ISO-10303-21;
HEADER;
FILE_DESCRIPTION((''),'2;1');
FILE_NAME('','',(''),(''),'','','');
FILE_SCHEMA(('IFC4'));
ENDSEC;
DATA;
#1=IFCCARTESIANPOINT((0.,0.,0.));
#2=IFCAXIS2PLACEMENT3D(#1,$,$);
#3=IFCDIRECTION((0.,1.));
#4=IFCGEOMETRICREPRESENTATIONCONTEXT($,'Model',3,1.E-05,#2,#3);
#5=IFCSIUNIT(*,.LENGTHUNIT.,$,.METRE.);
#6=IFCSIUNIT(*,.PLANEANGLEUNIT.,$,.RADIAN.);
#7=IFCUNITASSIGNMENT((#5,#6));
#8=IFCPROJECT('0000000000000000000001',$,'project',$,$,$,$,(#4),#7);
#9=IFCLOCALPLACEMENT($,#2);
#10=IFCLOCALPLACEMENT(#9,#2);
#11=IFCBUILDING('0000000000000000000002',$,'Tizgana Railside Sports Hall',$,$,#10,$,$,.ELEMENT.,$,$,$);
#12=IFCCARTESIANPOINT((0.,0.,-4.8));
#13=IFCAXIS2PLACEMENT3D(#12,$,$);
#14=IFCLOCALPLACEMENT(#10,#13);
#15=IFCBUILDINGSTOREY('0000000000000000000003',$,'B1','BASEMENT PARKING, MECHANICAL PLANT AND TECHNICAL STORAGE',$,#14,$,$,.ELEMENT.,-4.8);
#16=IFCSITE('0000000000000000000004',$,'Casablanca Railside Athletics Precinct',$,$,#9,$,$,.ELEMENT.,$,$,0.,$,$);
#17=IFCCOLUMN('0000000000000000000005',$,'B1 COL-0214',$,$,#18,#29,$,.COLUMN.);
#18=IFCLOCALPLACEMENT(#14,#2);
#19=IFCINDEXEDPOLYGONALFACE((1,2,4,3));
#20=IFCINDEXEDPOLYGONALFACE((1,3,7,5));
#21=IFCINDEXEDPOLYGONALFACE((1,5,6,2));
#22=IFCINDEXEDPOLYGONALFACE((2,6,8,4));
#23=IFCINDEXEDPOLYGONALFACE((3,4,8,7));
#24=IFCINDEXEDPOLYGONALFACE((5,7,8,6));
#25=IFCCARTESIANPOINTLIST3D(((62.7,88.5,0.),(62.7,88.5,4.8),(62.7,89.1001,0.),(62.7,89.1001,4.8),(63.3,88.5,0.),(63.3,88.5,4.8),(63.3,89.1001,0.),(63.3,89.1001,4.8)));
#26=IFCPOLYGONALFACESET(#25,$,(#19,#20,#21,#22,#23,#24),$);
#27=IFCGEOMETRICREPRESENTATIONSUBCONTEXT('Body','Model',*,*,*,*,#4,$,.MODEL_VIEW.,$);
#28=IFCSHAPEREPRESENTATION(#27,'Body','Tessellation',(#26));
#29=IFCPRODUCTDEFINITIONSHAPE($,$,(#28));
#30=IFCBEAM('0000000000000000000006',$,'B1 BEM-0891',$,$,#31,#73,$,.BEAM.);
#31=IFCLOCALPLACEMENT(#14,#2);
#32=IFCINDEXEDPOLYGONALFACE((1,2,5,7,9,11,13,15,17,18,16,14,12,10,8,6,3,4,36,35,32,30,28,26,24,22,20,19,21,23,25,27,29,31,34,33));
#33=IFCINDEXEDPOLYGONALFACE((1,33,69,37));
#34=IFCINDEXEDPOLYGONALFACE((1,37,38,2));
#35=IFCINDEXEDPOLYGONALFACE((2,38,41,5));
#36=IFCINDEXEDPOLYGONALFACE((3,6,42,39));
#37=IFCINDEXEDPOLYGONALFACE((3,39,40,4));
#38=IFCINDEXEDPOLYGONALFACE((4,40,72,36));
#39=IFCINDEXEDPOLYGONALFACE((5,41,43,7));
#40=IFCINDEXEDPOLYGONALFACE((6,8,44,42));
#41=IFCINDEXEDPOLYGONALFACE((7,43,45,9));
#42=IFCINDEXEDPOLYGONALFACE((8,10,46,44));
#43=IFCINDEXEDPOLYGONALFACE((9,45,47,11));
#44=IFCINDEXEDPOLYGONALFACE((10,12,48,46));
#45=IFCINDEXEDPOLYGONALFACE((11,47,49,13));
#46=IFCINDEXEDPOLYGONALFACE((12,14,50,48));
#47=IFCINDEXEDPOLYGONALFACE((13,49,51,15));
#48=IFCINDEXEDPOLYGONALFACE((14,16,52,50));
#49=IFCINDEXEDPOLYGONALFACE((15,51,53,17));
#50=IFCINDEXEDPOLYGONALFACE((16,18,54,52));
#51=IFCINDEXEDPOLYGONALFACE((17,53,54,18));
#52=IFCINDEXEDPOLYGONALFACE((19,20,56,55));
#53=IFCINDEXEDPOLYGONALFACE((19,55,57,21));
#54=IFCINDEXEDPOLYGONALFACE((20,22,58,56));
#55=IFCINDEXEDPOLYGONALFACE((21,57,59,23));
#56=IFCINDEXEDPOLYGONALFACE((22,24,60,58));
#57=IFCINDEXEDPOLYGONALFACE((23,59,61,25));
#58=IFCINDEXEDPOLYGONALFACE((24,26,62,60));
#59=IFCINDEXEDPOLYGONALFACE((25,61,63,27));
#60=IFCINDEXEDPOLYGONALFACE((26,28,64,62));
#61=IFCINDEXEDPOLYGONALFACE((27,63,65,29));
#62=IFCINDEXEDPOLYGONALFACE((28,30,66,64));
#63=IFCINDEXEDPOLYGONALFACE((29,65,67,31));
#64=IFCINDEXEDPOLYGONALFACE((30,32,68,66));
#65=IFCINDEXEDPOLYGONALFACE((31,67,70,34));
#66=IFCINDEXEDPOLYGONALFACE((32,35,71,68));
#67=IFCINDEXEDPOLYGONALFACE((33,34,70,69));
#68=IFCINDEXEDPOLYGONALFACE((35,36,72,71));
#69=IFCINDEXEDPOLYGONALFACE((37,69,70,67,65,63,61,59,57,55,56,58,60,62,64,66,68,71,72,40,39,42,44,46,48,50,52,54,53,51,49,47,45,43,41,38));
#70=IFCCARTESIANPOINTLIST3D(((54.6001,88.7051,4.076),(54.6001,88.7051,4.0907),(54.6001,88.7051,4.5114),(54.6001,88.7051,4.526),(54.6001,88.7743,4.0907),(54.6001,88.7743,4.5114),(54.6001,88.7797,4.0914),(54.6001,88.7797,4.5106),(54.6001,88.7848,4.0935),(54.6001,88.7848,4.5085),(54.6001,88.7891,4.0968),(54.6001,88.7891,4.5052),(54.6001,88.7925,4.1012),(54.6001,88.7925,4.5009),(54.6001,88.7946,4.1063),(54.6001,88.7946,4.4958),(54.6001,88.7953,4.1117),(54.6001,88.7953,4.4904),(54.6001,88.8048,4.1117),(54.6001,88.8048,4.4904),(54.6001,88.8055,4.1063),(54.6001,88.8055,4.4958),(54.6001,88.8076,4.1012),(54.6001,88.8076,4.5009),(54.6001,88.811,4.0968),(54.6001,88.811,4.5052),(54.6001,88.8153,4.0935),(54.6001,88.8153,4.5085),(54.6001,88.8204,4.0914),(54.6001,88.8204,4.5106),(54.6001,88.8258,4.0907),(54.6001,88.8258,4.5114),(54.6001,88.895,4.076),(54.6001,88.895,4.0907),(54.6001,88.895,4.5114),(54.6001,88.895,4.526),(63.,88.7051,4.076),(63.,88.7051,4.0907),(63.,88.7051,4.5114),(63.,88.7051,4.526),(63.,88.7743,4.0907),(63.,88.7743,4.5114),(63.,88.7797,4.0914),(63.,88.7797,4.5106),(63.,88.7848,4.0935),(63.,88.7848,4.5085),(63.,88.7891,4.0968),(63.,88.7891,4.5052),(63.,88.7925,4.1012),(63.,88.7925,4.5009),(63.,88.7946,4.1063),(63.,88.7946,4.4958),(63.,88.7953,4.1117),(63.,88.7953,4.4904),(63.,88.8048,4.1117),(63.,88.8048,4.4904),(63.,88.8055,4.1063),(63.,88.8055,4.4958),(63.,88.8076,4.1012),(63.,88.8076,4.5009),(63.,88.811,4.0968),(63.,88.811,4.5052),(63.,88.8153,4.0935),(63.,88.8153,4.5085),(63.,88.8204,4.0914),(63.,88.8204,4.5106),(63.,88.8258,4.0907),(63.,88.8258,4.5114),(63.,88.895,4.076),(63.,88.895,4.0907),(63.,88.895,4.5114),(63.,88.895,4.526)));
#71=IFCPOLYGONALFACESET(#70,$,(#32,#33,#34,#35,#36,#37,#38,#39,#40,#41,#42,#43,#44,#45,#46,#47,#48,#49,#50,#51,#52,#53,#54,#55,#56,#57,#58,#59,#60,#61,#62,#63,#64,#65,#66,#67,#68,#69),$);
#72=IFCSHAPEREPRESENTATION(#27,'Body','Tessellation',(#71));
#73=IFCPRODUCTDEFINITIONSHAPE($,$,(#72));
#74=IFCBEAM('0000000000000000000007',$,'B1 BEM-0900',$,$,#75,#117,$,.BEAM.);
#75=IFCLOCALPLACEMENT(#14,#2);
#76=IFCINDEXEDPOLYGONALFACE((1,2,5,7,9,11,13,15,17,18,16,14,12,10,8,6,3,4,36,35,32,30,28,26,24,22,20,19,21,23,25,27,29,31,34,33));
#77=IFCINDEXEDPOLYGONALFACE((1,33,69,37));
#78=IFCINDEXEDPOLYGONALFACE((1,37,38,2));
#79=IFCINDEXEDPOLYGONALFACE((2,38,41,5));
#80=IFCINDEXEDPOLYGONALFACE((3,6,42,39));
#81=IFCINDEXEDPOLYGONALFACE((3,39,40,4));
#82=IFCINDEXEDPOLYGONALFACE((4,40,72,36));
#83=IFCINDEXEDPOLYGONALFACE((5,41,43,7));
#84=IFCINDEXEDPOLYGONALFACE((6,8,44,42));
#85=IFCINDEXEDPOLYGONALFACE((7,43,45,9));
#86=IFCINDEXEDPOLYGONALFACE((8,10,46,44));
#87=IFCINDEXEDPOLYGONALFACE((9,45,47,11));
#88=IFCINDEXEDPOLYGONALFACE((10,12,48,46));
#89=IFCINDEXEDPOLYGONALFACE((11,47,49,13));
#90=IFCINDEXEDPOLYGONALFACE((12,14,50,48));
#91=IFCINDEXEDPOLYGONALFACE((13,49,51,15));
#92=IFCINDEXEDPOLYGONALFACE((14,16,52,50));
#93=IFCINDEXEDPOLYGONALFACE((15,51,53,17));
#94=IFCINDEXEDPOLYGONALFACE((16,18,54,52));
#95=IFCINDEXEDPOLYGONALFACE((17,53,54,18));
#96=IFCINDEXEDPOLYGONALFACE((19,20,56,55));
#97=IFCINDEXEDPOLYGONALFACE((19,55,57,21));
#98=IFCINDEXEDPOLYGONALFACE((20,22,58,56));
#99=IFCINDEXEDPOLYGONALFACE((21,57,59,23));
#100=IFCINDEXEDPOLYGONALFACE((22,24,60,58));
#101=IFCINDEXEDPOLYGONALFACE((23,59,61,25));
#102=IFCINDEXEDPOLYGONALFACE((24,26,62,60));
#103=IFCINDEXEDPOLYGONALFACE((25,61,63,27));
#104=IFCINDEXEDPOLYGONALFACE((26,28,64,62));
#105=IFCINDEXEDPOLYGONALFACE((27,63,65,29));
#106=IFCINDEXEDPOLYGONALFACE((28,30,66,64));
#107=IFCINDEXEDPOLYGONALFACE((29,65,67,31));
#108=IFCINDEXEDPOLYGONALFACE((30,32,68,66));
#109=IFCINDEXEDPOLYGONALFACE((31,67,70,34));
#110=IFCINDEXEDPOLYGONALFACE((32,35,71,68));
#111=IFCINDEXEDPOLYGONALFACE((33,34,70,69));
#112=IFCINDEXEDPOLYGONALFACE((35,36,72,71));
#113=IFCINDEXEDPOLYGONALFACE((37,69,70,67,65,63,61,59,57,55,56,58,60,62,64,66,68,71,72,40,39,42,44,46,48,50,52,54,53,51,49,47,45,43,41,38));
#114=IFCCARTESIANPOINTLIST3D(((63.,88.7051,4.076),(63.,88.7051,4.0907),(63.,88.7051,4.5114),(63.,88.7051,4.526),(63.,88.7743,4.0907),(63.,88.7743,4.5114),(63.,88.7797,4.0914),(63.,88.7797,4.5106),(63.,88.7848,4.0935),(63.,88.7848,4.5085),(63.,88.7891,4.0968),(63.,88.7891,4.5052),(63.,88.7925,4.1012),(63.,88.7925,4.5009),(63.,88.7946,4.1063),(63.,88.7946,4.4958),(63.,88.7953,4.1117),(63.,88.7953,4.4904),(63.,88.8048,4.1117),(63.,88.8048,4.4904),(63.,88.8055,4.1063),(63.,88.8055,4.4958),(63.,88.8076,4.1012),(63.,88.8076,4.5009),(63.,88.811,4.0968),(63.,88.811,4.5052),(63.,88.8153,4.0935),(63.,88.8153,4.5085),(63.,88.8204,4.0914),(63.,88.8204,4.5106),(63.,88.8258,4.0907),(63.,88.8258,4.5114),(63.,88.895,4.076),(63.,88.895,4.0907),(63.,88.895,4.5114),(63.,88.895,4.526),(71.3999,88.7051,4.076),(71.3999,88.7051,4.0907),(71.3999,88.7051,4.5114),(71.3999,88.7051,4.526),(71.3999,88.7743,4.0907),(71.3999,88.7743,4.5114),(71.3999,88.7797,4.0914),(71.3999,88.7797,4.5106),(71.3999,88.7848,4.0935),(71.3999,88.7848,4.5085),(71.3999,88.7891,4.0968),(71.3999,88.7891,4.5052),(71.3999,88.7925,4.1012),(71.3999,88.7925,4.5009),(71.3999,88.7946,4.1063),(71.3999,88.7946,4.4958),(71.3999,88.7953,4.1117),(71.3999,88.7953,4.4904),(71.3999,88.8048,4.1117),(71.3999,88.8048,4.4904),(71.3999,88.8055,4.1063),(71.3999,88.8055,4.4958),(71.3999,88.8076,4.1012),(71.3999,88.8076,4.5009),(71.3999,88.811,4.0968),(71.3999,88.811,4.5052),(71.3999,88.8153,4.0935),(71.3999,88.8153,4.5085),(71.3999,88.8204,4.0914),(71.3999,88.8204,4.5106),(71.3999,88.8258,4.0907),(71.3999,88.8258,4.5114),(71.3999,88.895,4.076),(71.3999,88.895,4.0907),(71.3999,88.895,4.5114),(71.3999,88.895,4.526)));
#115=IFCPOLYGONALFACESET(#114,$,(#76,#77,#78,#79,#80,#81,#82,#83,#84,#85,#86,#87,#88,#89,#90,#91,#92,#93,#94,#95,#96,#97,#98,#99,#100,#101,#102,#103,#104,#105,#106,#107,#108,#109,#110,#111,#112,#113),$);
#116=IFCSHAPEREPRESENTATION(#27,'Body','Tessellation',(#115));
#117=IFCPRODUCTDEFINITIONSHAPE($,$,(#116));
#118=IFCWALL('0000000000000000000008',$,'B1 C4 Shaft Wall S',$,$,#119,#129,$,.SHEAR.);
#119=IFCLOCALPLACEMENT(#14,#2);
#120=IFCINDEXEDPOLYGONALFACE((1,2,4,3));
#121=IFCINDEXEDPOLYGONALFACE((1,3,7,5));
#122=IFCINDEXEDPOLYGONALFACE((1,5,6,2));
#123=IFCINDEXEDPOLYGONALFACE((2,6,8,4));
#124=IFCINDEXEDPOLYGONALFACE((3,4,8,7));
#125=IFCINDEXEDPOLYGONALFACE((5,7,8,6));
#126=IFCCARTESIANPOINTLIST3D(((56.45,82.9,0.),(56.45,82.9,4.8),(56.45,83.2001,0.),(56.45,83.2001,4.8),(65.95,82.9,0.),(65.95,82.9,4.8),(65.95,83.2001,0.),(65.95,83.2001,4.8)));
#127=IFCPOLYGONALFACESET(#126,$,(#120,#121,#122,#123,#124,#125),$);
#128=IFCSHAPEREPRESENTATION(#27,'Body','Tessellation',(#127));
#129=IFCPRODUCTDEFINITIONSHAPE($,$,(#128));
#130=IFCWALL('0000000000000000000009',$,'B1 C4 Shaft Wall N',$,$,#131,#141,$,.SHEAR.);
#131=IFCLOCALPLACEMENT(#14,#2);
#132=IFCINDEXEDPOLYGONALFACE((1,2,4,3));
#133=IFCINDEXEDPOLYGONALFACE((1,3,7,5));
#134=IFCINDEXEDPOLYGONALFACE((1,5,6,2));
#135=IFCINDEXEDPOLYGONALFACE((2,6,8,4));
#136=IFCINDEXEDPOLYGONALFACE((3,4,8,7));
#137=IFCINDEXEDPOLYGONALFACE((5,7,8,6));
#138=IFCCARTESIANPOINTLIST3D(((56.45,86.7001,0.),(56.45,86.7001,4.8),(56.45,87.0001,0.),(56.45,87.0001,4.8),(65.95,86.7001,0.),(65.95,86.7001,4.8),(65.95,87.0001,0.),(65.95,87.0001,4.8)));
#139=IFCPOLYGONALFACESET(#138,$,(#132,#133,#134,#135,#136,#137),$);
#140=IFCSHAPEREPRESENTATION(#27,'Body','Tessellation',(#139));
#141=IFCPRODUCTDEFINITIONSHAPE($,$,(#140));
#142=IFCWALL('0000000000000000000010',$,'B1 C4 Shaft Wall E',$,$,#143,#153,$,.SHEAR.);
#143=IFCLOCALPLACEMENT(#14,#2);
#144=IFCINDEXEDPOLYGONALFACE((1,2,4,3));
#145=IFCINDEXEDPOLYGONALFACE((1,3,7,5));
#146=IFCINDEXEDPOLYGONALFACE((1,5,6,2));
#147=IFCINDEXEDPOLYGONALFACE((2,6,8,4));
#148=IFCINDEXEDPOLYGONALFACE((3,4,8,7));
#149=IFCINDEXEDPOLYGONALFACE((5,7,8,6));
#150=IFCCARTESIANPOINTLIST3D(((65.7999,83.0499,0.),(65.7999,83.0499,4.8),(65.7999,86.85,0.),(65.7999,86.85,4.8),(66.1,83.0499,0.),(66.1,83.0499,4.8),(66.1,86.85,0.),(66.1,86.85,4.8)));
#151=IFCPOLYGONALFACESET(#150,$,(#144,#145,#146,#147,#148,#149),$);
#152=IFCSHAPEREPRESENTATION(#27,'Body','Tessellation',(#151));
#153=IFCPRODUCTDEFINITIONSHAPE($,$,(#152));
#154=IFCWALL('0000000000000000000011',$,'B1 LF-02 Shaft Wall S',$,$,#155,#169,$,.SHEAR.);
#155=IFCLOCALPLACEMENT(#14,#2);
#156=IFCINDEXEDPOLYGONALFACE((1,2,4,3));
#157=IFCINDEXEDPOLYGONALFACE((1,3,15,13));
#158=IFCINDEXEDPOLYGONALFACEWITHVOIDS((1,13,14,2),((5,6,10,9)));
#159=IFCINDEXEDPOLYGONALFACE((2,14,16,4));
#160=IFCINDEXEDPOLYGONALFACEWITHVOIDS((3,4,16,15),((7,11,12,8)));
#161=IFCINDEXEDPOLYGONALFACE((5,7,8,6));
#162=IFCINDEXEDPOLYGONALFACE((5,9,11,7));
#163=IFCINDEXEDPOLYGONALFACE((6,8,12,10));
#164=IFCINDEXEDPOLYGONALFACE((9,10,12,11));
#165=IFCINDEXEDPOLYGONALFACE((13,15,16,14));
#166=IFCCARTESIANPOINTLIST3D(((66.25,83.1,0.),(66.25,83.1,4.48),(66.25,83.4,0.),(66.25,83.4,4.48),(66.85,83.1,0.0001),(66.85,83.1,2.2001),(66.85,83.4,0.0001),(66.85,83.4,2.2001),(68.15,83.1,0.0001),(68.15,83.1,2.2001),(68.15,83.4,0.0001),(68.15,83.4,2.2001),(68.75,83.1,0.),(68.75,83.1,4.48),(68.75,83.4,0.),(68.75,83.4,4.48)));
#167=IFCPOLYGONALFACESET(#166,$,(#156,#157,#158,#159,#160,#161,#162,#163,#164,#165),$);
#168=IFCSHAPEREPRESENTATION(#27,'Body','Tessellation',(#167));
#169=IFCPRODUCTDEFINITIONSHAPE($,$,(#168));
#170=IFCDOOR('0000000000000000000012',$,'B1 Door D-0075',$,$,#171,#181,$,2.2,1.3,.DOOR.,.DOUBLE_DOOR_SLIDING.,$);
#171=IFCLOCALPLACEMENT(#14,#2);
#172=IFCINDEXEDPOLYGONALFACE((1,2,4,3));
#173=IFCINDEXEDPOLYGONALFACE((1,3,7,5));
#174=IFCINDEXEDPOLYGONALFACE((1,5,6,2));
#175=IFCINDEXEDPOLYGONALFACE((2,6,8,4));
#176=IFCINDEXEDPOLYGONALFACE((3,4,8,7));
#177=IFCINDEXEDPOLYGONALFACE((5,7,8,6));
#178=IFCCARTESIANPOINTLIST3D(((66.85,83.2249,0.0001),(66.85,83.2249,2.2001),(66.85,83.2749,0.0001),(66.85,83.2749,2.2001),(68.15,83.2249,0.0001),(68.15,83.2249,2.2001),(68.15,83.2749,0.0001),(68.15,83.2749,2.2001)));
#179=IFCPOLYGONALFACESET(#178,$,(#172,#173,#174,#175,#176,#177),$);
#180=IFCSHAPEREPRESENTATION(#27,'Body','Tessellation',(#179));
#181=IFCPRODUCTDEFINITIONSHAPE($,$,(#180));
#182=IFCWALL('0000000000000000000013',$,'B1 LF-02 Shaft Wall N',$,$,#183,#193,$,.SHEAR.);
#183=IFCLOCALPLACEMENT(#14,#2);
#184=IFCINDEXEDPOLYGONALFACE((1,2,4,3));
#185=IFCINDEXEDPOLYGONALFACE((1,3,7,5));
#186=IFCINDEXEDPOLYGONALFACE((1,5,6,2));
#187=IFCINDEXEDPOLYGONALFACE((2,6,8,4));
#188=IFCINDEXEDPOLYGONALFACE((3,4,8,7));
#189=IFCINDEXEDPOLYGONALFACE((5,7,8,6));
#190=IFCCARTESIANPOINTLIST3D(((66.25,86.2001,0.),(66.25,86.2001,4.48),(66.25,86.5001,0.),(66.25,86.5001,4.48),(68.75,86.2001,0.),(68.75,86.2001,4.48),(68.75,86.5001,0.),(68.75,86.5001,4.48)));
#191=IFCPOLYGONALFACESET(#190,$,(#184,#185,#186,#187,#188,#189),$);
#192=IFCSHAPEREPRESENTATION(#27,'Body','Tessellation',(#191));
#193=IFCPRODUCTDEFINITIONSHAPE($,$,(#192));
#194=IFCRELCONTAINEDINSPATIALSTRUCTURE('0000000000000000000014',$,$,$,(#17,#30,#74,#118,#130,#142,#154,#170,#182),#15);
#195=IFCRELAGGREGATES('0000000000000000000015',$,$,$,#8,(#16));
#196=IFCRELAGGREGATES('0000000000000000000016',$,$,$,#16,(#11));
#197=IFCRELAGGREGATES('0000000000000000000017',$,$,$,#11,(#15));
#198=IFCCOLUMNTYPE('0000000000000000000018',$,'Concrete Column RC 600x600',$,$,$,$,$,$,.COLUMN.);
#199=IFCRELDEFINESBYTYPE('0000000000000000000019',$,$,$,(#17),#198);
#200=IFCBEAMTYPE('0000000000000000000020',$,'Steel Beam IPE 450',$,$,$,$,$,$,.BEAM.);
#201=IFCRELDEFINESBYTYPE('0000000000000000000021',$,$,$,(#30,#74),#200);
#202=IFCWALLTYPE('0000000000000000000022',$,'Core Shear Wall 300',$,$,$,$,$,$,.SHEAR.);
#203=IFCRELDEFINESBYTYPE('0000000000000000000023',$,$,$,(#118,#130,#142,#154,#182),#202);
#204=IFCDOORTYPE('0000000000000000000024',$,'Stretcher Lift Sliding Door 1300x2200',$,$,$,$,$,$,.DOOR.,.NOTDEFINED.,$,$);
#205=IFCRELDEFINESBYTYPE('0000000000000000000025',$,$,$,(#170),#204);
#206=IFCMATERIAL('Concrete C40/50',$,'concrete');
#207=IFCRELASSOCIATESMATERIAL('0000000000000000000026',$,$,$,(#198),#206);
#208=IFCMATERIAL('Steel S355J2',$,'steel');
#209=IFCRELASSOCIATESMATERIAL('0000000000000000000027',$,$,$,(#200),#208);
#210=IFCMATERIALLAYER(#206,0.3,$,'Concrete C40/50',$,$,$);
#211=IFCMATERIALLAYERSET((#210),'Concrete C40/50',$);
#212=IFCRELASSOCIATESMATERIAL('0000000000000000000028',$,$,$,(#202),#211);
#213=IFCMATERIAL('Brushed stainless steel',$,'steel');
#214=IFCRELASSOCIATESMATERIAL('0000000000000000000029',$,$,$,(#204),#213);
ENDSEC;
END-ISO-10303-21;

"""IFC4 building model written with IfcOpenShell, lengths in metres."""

from ifc_helpers import new_model, si_unit, direction, frame, frame_2d, origin, origin_2d, place, context, subcontext, project, spatial, rectangle, i_section, extrude, material, layer, layer_set, material_profile, profile_set, type_object, element, fill, save


model = new_model("IFC4")

# Units and contexts
model_context = context("Model", 3, precision=1e-05, world=origin(), true_north=direction((0.0, 1.0)))
body_context = subcontext(model_context, "Body", "Model", "MODEL_VIEW")
ifc_project = project(units=[si_unit("LENGTHUNIT", "METRE"), si_unit("PLANEANGLEUNIT", "RADIAN")], contexts=[model_context])

# Site, building, storey
site_placement = place(None, origin())
site = spatial("IfcSite", under=ifc_project, at=site_placement, Name="Casablanca Railside Athletics Precinct", CompositionType="ELEMENT", RefElevation=0.0)
building_placement = place(site_placement, origin())
building = spatial("IfcBuilding", under=site, at=building_placement, Name="Tizgana Railside Sports Hall", CompositionType="ELEMENT")
storey_placement = place(building_placement, frame((0.0, 0.0, -4.8)))
storey = spatial("IfcBuildingStorey", under=building, at=storey_placement, Name="B1", Description="BASEMENT PARKING, MECHANICAL PLANT AND TECHNICAL STORAGE", CompositionType="ELEMENT", Elevation=-4.8)

# Column
ifc_material_1 = material(Name="Concrete C40/50", Category="concrete")
ifc_material_profile_1 = material_profile(ifc_material_1, rectangle(XDim=0.6001, YDim=0.6001, at=origin_2d()), Name="RC 600x600")
ifc_profile_set_1 = profile_set([ifc_material_profile_1], Name="Concrete C40/50")
column_type = type_object("IfcColumnType", Name="Concrete Column RC 600x600", PredefinedType="COLUMN", material=ifc_profile_set_1)
for number, where, z_axis, x_axis, name in (
    (1, (63.0, 88.8, 0.0), (0.0, 0.0, 1.0), (1.0, 0.0, 0.0), "B1 COL-0214"),
):
    element("IfcColumn", number, at=place(storey_placement, frame(where, z_axis=z_axis, x_axis=x_axis)), inside=storey, type_object=column_type, Name=name, PredefinedType="COLUMN", context=body_context, shape_type="SweptSolid", body=[
        extrude(rectangle(XDim=0.6001, YDim=0.6001, at=origin_2d()), origin(), (0.0, 0.0, 1.0), 4.8),
    ])

# Beams
ifc_material_2 = material(Name="Steel S355J2", Category="steel")
ifc_material_profile_2 = material_profile(ifc_material_2, i_section(OverallWidth=0.1899, OverallDepth=0.45, WebThickness=0.0095, FlangeThickness=0.0146, FilletRadius=0.021, at=origin_2d()), Name="IPE 450")
ifc_profile_set_2 = profile_set([ifc_material_profile_2], Name="Steel S355J2")
beam_type = type_object("IfcBeamType", Name="Steel Beam IPE 450", PredefinedType="BEAM", material=ifc_profile_set_2)
for number, where, z_axis, x_axis, name in (
    (2, (54.6001, 88.8, 4.301), (1.0, 0.0, 0.0), (0.0, 1.0, 0.0), "B1 BEM-0891"),
    (3, (63.0, 88.8, 4.301), (1.0, 0.0, 0.0), (0.0, 1.0, 0.0), "B1 BEM-0900"),
):
    element("IfcBeam", number, at=place(storey_placement, frame(where, z_axis=z_axis, x_axis=x_axis)), inside=storey, type_object=beam_type, Name=name, PredefinedType="BEAM", context=body_context, shape_type="SweptSolid", body=[
        extrude(i_section(OverallWidth=0.1899, OverallDepth=0.45, WebThickness=0.0095, FlangeThickness=0.0146, FilletRadius=0.021, at=origin_2d()), origin(), (0.0, 0.0, 1.0), 8.3999),
    ])

# Walls
ifc_layer_1 = layer(ifc_material_1, 0.3, Name="Concrete C40/50")
ifc_layer_set_1 = layer_set([ifc_layer_1], Name="Concrete C40/50")
wall_type_1 = type_object("IfcWallType", Name="Core Shear Wall 300", PredefinedType="SHEAR", material=ifc_layer_set_1)
for number, where, z_axis, x_axis, name in (
    (4, (65.95, 83.05, 0.0), (0.0, 0.0, 1.0), (-1.0, 0.0, 0.0), "B1 C4 Shaft Wall S"),
    (5, (56.45, 86.8501, 0.0), (0.0, 0.0, 1.0), (1.0, 0.0, 0.0), "B1 C4 Shaft Wall N"),
):
    element("IfcWall", number, at=place(storey_placement, frame(where, z_axis=z_axis, x_axis=x_axis)), inside=storey, type_object=wall_type_1, Name=name, PredefinedType="SHEAR", context=body_context, shape_type="SweptSolid", body=[
        extrude(rectangle(XDim=9.5, YDim=0.3, at=frame_2d((4.75, 0.0))), origin(), (0.0, 0.0, 1.0), 4.8),
    ])
wall_1_placement = place(storey_placement, frame((65.95, 83.05, 0.0), z_axis=(0.0, 0.0, 1.0), x_axis=(0.0, 1.0, 0.0)))
element("IfcWall", 6, at=wall_1_placement, inside=storey, type_object=wall_type_1, Name="B1 C4 Shaft Wall E", PredefinedType="SHEAR", context=body_context, shape_type="SweptSolid", body=[
    extrude(rectangle(XDim=3.8, YDim=0.3, at=frame_2d((1.8999, 0.0))), origin(), (0.0, 0.0, 1.0), 4.8),
])

# Wall, opening, door
wall_2_placement = place(storey_placement, frame((66.25, 83.25, 0.0), z_axis=(0.0, 0.0, 1.0), x_axis=(1.0, 0.0, 0.0)))
wall_2 = element("IfcWall", 7, at=wall_2_placement, inside=storey, type_object=wall_type_1, Name="B1 LF-02 Shaft Wall S", PredefinedType="SHEAR", context=body_context, shape_type="SweptSolid", body=[
    extrude(rectangle(XDim=2.5, YDim=0.3, at=frame_2d((1.25, 0.0))), origin(), (0.0, 0.0, 1.0), 4.48),
])
opening_placement = place(wall_2_placement, frame((0.6001, 0.0, 0.0)))
opening = element("IfcOpeningElement", 8, at=opening_placement, cuts=wall_2, PredefinedType="OPENING", context=body_context, shape_type="SweptSolid", body=[
    extrude(rectangle(XDim=1.3, YDim=2.2, at=frame_2d((0.6499, 1.1001))), frame((0.0, 0.1599, 0.0), z_axis=(0.0, -1.0, 0.0), x_axis=(1.0, 0.0, 0.0)), (0.0, 0.0, 1.0), 0.3201),
])
ifc_material_3 = material(Name="Brushed stainless steel", Category="steel")
door_type = type_object("IfcDoorType", Name="Stretcher Lift Sliding Door 1300x2200", OperationType="NOTDEFINED", PredefinedType="DOOR", material=ifc_material_3)
door_placement = place(opening_placement, origin())
door = element("IfcDoor", 9, at=door_placement, inside=storey, type_object=door_type, Name="B1 Door D-0075", OperationType="DOUBLE_DOOR_SLIDING", OverallHeight=2.2, OverallWidth=1.3, PredefinedType="DOOR", context=body_context, shape_type="SweptSolid", body=[
    extrude(rectangle(XDim=1.3, YDim=2.2, at=frame_2d((0.6499, 1.1001))), frame((0.0, 0.0249, 0.0), z_axis=(0.0, -1.0, 0.0), x_axis=(1.0, 0.0, 0.0)), (0.0, 0.0, 1.0), 0.05),
])
fill(opening, door)

# Wall
wall_3_placement = place(storey_placement, frame((66.25, 86.3501, 0.0), z_axis=(0.0, 0.0, 1.0), x_axis=(1.0, 0.0, 0.0)))
element("IfcWall", 10, at=wall_3_placement, inside=storey, type_object=wall_type_1, Name="B1 LF-02 Shaft Wall N", PredefinedType="SHEAR", context=body_context, shape_type="SweptSolid", body=[
    extrude(rectangle(XDim=2.5, YDim=0.3, at=frame_2d((1.25, 0.0))), origin(), (0.0, 0.0, 1.0), 4.48),
])

save(model, "model.ifc")
